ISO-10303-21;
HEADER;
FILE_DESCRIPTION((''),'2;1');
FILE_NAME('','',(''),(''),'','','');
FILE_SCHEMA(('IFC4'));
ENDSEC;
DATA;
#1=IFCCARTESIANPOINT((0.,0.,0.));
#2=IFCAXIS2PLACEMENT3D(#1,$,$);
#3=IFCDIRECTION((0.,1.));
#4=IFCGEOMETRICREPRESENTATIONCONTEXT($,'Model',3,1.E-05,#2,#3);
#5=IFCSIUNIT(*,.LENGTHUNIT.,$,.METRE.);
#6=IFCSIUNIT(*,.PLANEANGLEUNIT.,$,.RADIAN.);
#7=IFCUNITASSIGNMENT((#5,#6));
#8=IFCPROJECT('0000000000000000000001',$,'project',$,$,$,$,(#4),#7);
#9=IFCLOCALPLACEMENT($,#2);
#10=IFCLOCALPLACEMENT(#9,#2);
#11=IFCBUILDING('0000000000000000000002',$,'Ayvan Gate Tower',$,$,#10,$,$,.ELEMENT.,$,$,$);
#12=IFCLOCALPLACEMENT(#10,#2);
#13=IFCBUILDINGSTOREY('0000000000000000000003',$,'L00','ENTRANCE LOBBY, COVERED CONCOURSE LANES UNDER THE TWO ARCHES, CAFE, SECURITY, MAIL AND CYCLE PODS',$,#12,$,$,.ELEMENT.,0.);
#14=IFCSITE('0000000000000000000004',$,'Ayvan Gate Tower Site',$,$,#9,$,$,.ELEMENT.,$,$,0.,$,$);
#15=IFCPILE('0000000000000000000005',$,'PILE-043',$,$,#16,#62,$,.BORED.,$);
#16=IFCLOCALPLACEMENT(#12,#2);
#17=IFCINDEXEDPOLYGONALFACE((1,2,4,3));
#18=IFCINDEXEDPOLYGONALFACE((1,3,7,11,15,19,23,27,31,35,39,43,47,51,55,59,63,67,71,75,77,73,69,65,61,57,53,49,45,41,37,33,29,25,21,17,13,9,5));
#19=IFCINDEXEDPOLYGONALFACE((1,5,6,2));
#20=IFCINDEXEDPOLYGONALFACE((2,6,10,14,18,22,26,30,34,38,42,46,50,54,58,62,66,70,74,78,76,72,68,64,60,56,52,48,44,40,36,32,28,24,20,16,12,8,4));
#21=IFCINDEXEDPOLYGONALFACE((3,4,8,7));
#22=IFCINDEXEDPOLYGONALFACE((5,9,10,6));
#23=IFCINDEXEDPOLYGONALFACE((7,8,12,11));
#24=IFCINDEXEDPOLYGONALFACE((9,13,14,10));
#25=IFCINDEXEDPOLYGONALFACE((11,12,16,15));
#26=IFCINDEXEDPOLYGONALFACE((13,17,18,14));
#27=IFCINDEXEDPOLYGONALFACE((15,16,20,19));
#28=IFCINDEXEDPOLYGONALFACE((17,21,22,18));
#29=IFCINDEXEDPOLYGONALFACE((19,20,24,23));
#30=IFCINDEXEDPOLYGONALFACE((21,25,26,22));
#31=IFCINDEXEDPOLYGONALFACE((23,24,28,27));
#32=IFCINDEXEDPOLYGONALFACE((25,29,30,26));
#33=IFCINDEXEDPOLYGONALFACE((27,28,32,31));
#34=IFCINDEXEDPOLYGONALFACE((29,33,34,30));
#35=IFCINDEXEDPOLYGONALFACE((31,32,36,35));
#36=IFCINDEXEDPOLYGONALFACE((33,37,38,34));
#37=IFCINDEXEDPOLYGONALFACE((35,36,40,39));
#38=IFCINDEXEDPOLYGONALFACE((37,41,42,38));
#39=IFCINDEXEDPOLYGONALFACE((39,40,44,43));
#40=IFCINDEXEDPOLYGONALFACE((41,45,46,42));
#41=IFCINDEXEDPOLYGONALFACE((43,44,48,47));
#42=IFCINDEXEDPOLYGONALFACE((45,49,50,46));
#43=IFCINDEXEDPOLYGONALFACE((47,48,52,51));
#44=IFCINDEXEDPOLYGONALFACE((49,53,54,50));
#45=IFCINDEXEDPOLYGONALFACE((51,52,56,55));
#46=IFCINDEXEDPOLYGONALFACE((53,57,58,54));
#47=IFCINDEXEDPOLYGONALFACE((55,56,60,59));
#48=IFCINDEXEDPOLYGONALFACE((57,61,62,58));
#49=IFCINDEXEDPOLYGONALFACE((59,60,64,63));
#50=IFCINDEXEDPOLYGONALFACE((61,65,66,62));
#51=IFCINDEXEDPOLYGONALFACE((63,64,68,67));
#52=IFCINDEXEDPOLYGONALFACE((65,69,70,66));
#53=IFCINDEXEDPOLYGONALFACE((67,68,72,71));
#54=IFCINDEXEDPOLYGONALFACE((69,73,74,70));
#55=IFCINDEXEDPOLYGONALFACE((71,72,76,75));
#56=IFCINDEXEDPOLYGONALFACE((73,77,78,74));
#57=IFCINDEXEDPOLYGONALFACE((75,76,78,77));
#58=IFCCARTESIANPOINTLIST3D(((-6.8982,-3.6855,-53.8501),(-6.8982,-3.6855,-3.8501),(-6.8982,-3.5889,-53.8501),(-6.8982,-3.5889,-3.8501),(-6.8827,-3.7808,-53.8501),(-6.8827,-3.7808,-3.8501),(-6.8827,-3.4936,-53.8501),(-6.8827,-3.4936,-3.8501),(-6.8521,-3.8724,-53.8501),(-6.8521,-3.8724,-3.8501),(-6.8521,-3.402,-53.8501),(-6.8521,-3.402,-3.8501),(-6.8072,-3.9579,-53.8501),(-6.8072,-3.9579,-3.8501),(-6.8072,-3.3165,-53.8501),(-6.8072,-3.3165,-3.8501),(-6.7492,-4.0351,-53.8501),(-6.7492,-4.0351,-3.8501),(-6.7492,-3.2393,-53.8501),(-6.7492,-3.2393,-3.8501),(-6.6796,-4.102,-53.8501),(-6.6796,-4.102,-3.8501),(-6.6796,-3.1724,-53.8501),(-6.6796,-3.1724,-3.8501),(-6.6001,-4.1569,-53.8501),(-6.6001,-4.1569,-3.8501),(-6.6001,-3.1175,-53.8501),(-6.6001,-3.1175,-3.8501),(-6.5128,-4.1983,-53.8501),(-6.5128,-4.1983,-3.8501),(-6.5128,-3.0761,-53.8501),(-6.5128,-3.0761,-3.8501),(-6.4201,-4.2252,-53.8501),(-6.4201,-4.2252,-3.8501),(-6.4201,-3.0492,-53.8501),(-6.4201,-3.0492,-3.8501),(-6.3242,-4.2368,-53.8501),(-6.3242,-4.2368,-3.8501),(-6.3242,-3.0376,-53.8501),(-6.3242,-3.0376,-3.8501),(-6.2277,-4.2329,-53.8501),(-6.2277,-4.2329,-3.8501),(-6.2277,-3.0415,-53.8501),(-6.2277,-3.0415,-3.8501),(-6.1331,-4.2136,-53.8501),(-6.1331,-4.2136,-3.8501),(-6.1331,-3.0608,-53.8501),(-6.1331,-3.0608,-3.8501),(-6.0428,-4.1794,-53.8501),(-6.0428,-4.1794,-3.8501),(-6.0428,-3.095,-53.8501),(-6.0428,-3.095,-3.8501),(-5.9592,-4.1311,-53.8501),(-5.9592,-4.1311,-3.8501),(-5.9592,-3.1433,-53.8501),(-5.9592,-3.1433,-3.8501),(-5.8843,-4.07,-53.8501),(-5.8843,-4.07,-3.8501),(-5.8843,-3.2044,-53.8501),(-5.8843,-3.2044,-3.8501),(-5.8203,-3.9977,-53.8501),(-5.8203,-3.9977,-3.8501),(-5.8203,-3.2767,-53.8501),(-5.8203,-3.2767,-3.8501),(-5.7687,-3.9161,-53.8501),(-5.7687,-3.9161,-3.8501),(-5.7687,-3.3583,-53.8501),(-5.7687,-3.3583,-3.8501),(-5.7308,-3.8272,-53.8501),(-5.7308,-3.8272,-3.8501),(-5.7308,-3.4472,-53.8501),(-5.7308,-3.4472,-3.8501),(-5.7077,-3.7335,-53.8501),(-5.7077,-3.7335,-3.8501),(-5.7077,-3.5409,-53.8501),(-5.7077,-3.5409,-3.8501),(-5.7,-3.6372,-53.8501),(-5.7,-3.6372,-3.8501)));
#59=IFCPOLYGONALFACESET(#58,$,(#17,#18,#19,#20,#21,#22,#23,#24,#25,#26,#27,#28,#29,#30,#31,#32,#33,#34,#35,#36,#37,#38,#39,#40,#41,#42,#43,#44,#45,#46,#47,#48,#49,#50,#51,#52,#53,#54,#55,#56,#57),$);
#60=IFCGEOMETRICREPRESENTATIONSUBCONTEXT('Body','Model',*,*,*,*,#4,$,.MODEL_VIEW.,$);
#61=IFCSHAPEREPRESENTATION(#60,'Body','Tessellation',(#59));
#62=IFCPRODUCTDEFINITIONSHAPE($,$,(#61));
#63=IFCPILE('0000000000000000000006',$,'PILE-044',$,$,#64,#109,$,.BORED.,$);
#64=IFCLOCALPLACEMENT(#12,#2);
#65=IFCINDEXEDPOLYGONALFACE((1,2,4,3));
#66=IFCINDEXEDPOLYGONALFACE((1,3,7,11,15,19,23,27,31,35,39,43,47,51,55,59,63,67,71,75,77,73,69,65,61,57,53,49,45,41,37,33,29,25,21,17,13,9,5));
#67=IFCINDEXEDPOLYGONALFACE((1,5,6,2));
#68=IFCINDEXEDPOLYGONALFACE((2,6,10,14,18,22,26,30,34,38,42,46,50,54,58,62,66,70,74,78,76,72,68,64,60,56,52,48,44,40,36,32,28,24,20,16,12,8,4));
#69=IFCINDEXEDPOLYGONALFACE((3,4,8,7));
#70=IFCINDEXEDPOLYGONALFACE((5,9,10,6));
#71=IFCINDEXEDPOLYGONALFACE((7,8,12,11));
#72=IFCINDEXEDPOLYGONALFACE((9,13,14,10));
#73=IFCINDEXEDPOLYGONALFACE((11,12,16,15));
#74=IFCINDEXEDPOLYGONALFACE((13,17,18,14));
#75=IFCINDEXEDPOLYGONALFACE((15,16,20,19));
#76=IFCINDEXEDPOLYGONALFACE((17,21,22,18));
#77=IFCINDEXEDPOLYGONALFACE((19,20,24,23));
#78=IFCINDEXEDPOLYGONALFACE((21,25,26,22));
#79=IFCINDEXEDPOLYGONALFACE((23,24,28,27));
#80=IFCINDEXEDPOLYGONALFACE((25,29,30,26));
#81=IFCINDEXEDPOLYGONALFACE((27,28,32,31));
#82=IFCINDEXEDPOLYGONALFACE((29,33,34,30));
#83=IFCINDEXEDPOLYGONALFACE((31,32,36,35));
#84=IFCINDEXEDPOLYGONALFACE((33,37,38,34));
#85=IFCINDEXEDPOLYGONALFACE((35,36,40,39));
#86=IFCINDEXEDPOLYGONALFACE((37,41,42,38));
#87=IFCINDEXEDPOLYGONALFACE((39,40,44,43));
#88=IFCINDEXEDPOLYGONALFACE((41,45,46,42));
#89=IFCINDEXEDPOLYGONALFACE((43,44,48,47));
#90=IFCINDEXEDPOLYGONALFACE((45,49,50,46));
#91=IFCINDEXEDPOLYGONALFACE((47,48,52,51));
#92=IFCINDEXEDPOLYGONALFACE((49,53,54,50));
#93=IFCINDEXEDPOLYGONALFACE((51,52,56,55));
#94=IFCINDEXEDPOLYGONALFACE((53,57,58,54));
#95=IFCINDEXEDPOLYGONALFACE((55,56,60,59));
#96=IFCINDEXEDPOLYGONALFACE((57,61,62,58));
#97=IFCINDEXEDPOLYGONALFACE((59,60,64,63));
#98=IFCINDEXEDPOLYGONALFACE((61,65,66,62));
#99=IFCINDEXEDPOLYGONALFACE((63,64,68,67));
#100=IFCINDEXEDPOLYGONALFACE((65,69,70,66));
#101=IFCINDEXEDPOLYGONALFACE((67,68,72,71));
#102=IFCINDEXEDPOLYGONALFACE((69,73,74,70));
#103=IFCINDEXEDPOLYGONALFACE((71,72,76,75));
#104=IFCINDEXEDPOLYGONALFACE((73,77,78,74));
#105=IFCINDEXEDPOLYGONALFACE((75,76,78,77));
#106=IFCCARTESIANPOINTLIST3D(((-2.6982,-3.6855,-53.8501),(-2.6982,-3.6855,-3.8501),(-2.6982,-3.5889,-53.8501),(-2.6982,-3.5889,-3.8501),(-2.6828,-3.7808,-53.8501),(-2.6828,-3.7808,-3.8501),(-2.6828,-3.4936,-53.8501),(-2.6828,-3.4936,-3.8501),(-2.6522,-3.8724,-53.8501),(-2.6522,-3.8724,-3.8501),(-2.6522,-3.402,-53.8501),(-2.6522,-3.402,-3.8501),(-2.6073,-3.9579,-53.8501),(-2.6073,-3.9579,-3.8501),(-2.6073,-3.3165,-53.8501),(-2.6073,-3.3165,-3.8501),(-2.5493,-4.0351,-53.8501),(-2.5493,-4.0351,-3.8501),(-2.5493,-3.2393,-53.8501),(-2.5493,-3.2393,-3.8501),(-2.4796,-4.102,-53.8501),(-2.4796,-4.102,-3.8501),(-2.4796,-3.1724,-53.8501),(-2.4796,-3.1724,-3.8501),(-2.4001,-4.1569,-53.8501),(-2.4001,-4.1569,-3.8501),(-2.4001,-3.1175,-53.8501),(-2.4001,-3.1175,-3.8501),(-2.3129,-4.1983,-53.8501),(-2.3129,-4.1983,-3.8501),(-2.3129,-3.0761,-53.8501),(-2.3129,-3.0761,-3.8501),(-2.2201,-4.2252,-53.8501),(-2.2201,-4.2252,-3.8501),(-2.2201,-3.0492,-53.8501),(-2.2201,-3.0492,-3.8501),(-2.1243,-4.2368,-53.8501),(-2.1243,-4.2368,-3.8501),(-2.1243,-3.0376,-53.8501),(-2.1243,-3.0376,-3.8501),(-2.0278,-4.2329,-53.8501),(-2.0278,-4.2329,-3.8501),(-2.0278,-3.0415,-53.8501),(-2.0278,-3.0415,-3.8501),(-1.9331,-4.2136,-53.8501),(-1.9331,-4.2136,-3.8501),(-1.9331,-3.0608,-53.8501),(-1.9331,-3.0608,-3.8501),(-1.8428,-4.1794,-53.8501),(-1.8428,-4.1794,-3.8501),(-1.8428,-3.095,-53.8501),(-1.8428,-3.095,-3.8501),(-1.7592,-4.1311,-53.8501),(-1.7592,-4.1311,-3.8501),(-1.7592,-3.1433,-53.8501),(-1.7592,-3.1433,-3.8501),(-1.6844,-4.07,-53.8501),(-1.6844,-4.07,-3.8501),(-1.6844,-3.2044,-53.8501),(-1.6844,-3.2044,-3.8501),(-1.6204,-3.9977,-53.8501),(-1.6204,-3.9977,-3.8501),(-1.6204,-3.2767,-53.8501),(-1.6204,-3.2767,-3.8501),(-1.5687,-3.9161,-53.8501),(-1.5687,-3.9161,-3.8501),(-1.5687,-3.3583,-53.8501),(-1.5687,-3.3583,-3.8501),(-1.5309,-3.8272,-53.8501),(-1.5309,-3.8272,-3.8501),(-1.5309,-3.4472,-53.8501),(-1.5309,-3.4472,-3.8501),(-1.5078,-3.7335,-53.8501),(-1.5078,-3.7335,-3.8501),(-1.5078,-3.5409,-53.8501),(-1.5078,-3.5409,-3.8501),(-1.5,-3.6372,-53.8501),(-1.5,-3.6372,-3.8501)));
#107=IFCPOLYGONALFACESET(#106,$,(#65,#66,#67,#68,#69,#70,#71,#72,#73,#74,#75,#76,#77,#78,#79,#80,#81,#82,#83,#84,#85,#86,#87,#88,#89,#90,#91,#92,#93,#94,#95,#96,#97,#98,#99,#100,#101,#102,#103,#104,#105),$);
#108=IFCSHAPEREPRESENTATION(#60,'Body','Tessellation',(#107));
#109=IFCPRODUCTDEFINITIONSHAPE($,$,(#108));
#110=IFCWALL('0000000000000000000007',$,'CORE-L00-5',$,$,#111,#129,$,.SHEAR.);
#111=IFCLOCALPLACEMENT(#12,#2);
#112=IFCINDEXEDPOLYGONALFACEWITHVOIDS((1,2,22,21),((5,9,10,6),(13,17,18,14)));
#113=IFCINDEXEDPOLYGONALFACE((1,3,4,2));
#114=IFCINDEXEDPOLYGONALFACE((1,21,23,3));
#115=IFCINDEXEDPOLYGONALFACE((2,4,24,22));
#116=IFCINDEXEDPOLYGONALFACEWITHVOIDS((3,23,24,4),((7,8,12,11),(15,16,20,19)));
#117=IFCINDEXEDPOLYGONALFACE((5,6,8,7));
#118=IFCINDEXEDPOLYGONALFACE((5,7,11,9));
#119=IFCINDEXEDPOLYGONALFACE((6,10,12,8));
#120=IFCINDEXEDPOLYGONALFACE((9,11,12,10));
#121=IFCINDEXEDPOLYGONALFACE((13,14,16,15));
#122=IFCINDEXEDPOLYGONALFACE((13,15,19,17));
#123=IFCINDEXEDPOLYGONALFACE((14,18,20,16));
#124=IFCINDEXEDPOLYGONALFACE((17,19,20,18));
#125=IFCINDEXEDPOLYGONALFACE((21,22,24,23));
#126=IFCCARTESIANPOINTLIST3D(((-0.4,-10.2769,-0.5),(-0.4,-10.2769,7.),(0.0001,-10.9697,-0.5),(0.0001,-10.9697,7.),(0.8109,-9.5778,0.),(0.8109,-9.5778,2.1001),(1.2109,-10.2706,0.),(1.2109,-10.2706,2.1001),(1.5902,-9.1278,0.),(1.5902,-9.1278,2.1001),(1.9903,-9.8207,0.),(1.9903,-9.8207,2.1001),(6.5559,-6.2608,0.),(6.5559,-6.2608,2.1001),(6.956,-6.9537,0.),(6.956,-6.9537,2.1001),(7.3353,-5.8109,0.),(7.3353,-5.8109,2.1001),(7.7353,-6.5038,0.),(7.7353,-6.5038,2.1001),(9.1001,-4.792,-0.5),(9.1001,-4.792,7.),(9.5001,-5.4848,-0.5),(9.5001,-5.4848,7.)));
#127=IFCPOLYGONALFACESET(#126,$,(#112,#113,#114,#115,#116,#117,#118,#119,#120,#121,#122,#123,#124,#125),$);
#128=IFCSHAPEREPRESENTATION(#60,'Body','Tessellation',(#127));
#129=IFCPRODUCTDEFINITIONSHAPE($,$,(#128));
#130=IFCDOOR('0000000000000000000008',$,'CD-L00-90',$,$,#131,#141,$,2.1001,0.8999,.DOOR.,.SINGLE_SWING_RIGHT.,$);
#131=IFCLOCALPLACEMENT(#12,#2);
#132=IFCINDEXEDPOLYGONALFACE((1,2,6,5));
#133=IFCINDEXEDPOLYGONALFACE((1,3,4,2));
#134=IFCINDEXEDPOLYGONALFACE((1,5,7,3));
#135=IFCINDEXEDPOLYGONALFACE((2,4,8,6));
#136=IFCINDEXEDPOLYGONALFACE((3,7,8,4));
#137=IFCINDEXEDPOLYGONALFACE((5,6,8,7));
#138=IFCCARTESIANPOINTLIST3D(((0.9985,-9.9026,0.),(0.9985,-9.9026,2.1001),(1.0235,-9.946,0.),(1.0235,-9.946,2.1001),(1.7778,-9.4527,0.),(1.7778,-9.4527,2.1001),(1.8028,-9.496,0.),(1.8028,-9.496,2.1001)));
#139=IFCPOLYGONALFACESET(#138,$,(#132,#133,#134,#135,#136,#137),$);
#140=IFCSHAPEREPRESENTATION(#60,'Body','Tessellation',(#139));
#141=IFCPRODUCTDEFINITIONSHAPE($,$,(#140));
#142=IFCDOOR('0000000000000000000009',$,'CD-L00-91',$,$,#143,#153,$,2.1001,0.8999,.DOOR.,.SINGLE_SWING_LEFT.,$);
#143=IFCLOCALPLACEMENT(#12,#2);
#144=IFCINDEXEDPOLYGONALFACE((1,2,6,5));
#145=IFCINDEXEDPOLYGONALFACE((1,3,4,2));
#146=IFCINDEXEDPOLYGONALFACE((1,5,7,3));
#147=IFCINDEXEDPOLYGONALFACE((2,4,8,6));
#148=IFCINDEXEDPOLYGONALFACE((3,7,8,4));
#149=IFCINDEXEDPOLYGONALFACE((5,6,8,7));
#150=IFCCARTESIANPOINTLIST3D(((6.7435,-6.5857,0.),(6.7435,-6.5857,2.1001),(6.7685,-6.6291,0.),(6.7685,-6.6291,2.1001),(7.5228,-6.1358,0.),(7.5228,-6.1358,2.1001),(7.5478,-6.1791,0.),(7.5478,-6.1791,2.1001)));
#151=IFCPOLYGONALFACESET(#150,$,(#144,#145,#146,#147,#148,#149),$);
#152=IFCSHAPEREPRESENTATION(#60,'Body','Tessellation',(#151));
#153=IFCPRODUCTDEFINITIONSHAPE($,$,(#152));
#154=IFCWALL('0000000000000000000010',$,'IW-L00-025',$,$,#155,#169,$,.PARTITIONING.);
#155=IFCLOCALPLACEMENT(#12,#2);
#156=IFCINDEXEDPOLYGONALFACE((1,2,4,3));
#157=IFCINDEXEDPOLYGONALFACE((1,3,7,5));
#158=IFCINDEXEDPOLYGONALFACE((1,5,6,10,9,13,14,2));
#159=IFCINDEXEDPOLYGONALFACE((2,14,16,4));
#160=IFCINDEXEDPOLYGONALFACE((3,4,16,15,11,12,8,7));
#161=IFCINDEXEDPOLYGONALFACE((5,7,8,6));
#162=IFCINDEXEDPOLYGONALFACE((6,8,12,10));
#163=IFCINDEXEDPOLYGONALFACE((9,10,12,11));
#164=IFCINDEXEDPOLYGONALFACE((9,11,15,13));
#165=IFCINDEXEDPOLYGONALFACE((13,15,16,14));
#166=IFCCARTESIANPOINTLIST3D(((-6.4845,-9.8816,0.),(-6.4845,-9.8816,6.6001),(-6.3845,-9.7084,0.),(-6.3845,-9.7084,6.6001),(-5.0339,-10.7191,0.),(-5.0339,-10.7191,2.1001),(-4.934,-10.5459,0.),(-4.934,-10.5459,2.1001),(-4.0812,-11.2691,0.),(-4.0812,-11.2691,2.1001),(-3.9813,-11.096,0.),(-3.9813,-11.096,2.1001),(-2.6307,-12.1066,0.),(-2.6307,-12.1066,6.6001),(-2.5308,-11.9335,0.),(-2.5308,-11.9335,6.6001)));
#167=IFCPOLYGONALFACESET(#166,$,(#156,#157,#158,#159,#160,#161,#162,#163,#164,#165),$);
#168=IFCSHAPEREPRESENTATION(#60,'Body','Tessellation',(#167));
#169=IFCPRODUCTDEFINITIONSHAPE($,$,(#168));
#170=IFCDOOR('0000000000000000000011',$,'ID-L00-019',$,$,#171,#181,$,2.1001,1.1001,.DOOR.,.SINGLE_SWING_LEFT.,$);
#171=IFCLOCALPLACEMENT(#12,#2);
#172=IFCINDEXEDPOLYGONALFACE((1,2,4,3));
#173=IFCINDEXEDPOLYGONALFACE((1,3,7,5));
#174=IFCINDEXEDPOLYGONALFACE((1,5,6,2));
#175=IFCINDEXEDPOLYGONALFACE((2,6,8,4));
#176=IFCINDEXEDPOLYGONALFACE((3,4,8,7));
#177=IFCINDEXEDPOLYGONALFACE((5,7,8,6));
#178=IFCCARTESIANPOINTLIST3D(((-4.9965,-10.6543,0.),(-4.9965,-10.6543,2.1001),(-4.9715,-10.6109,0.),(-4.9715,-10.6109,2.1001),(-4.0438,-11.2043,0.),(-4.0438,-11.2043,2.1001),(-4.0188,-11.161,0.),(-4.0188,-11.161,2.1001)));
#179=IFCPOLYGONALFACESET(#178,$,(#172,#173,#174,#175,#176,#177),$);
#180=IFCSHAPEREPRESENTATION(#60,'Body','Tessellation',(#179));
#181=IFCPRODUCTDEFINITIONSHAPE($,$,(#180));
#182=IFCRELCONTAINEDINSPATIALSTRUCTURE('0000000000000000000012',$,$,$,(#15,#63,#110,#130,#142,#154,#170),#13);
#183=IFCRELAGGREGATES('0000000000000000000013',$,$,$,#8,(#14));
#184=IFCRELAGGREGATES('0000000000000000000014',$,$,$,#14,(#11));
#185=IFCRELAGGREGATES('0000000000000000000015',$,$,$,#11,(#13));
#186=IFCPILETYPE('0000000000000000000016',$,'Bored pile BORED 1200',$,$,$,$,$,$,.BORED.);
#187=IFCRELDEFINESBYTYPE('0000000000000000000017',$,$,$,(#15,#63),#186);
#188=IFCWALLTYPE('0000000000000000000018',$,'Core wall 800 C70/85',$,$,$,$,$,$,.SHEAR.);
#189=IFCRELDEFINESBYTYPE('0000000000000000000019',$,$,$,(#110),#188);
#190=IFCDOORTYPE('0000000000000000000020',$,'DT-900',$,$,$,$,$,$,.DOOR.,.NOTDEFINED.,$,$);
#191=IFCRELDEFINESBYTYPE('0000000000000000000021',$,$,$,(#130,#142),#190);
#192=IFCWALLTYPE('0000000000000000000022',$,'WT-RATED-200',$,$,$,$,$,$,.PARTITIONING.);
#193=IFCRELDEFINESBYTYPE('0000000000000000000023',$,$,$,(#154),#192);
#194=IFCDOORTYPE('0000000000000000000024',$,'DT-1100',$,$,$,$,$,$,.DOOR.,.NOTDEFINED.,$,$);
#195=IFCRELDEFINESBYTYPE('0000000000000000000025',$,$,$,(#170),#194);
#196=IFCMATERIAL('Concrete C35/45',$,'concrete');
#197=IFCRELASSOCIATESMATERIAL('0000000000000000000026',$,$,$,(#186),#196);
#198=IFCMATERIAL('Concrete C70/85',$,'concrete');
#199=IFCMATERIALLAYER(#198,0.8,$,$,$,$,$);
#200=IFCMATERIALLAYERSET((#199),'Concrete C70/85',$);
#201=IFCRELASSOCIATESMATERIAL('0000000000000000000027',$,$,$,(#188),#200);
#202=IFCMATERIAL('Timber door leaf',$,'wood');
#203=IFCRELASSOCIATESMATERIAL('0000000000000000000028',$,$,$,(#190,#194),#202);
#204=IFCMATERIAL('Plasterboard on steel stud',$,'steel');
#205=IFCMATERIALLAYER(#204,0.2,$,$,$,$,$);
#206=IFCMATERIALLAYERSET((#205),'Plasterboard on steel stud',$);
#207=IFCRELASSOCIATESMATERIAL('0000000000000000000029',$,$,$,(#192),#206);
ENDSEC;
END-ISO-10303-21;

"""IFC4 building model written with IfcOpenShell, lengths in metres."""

from ifc_helpers import new_model, si_unit, direction, frame, frame_2d, origin, origin_2d, place, context, subcontext, project, spatial, rectangle, circle, extrude, material, layer, layer_set, material_profile, profile_set, type_object, element, fill, save


model = new_model("IFC4")

# Units and contexts
model_context = context("Model", 3, precision=1e-05, world=origin(), true_north=direction((0.0, 1.0)))
body_context = subcontext(model_context, "Body", "Model", "MODEL_VIEW")
ifc_project = project(units=[si_unit("LENGTHUNIT", "METRE"), si_unit("PLANEANGLEUNIT", "RADIAN")], contexts=[model_context])

# Site, building, storey
site_placement = place(None, origin())
site = spatial("IfcSite", under=ifc_project, at=site_placement, Name="Ayvan Gate Tower Site", CompositionType="ELEMENT", RefElevation=0.0)
building_placement = place(site_placement, origin())
building = spatial("IfcBuilding", under=site, at=building_placement, Name="Ayvan Gate Tower", CompositionType="ELEMENT")
storey_placement = place(building_placement, origin())
storey = spatial("IfcBuildingStorey", under=building, at=storey_placement, Name="L00", Description="ENTRANCE LOBBY, COVERED CONCOURSE LANES UNDER THE TWO ARCHES, CAFE, SECURITY, MAIL AND CYCLE PODS", CompositionType="ELEMENT", Elevation=0.0)

# Piles
ifc_material_1 = material(Name="Concrete C35/45", Category="concrete")
ifc_material_profile = material_profile(ifc_material_1, circle(Radius=0.6001, at=origin_2d()), Name="BORED 1200")
ifc_profile_set = profile_set([ifc_material_profile], Name="Concrete C35/45")
pile_type = type_object("IfcPileType", Name="Bored pile BORED 1200", PredefinedType="BORED", material=ifc_profile_set)
for number, where, z_axis, x_axis, name in (
    (1, (-6.3, -3.6372, -3.8501), (0.0, 0.0, -1.0), (1.0, 0.0, 0.0), "PILE-043"),
    (2, (-2.1001, -3.6372, -3.8501), (0.0, 0.0, -1.0), (1.0, 0.0, 0.0), "PILE-044"),
):
    element("IfcPile", number, at=place(storey_placement, frame(where, z_axis=z_axis, x_axis=x_axis)), inside=storey, type_object=pile_type, Name=name, PredefinedType="BORED", context=body_context, shape_type="SweptSolid", body=[
        extrude(circle(Radius=0.6001, at=origin_2d()), origin(), (0.0, 0.0, 1.0), 50.0),
    ])

# Wall, openings, doors
ifc_material_2 = material(Name="Concrete C70/85", Category="concrete")
ifc_layer_1 = layer(ifc_material_2, 0.8)
ifc_layer_set_1 = layer_set([ifc_layer_1], Name="Concrete C70/85")
wall_type_1 = type_object("IfcWallType", Name="Core wall 800 C70/85", PredefinedType="SHEAR", material=ifc_layer_set_1)
wall_1_placement = place(storey_placement, frame((-0.2, -10.6233, -0.5), z_axis=(0.0, 0.0, 1.0), x_axis=(0.866024, 0.500002, 0.0)))
wall_1 = element("IfcWall", 3, at=wall_1_placement, inside=storey, type_object=wall_type_1, Name="CORE-L00-5", PredefinedType="SHEAR", context=body_context, shape_type="SweptSolid", body=[
    extrude(rectangle(XDim=10.9697, YDim=0.8, at=frame_2d((5.4849, 0.0))), origin(), (0.0, 0.0, 1.0), 7.5),
])
opening_1_placement = place(wall_1_placement, frame((1.3982, 0.0, 0.5)))
opening_1 = element("IfcOpeningElement", 4, at=opening_1_placement, cuts=wall_1, PredefinedType="OPENING", context=body_context, shape_type="SweptSolid", body=[
    extrude(rectangle(XDim=0.8999, YDim=2.1001, at=frame_2d((0.45, 1.05))), frame((0.0, 0.4099, 0.0), z_axis=(0.0, -1.0, 0.0), x_axis=(1.0, 0.0, 0.0)), (0.0, 0.0, 1.0), 0.8201),
])
opening_2_placement = place(wall_1_placement, frame((8.032, 0.0, 0.5)))
opening_2 = element("IfcOpeningElement", 5, at=opening_2_placement, cuts=wall_1, PredefinedType="OPENING", context=body_context, shape_type="SweptSolid", body=[
    extrude(rectangle(XDim=0.8999, YDim=2.1001, at=frame_2d((0.45, 1.05))), frame((0.0, 0.4099, 0.0), z_axis=(0.0, -1.0, 0.0), x_axis=(1.0, 0.0, 0.0)), (0.0, 0.0, 1.0), 0.8201),
])
ifc_material_3 = material(Name="Timber door leaf", Category="wood")
door_type_1 = type_object("IfcDoorType", Name="DT-900", OperationType="NOTDEFINED", PredefinedType="DOOR", material=ifc_material_3)
door_1_placement = place(opening_1_placement, origin())
door_1 = element("IfcDoor", 6, at=door_1_placement, inside=storey, type_object=door_type_1, Name="CD-L00-90", OperationType="SINGLE_SWING_RIGHT", OverallHeight=2.1001, OverallWidth=0.8999, PredefinedType="DOOR", context=body_context, shape_type="SweptSolid", body=[
    extrude(rectangle(XDim=0.8999, YDim=2.1001, at=frame_2d((0.45, 1.05))), frame((0.0, 0.0249, 0.0), z_axis=(0.0, -1.0, 0.0), x_axis=(1.0, 0.0, 0.0)), (0.0, 0.0, 1.0), 0.05),
])
fill(opening_1, door_1)
door_2_placement = place(opening_2_placement, origin())
door_2 = element("IfcDoor", 7, at=door_2_placement, inside=storey, type_object=door_type_1, Name="CD-L00-91", OperationType="SINGLE_SWING_LEFT", OverallHeight=2.1001, OverallWidth=0.8999, PredefinedType="DOOR", context=body_context, shape_type="SweptSolid", body=[
    extrude(rectangle(XDim=0.8999, YDim=2.1001, at=frame_2d((0.45, 1.05))), frame((0.0, 0.0249, 0.0), z_axis=(0.0, -1.0, 0.0), x_axis=(1.0, 0.0, 0.0)), (0.0, 0.0, 1.0), 0.05),
])
fill(opening_2, door_2)

# Wall, opening, door
ifc_material_4 = material(Name="Plasterboard on steel stud", Category="steel")
ifc_layer_2 = layer(ifc_material_4, 0.2)
ifc_layer_set_2 = layer_set([ifc_layer_2], Name="Plasterboard on steel stud")
wall_type_2 = type_object("IfcWallType", Name="WT-RATED-200", PredefinedType="PARTITIONING", material=ifc_layer_set_2)
wall_2_placement = place(storey_placement, frame((-6.4346, -9.7949, 0.0), z_axis=(0.0, 0.0, 1.0), x_axis=(0.866013, -0.500022, 0.0)))
wall_2 = element("IfcWall", 8, at=wall_2_placement, inside=storey, type_object=wall_type_2, Name="IW-L00-025", PredefinedType="PARTITIONING", context=body_context, shape_type="SweptSolid", body=[
    extrude(rectangle(XDim=4.45, YDim=0.2, at=frame_2d((2.2251, 0.0))), origin(), (0.0, 0.0, 1.0), 6.6001),
])
opening_3_placement = place(wall_2_placement, frame((1.675, 0.0, 0.0)))
opening_3 = element("IfcOpeningElement", 9, at=opening_3_placement, cuts=wall_2, PredefinedType="OPENING", context=body_context, shape_type="SweptSolid", body=[
    extrude(rectangle(XDim=1.1001, YDim=2.1001, at=frame_2d((0.55, 1.05))), frame((0.0, 0.1099, 0.0), z_axis=(0.0, -1.0, 0.0), x_axis=(1.0, 0.0, 0.0)), (0.0, 0.0, 1.0), 0.22),
])
door_type_2 = type_object("IfcDoorType", Name="DT-1100", OperationType="NOTDEFINED", PredefinedType="DOOR", material=ifc_material_3)
door_3_placement = place(opening_3_placement, origin())
door_3 = element("IfcDoor", 10, at=door_3_placement, inside=storey, type_object=door_type_2, Name="ID-L00-019", OperationType="SINGLE_SWING_LEFT", OverallHeight=2.1001, OverallWidth=1.1001, PredefinedType="DOOR", context=body_context, shape_type="SweptSolid", body=[
    extrude(rectangle(XDim=1.1001, YDim=2.1001, at=frame_2d((0.55, 1.05))), frame((0.0, 0.0249, 0.0), z_axis=(0.0, -1.0, 0.0), x_axis=(1.0, 0.0, 0.0)), (0.0, 0.0, 1.0), 0.05),
])
fill(opening_3, door_3)

save(model, "model.ifc")
